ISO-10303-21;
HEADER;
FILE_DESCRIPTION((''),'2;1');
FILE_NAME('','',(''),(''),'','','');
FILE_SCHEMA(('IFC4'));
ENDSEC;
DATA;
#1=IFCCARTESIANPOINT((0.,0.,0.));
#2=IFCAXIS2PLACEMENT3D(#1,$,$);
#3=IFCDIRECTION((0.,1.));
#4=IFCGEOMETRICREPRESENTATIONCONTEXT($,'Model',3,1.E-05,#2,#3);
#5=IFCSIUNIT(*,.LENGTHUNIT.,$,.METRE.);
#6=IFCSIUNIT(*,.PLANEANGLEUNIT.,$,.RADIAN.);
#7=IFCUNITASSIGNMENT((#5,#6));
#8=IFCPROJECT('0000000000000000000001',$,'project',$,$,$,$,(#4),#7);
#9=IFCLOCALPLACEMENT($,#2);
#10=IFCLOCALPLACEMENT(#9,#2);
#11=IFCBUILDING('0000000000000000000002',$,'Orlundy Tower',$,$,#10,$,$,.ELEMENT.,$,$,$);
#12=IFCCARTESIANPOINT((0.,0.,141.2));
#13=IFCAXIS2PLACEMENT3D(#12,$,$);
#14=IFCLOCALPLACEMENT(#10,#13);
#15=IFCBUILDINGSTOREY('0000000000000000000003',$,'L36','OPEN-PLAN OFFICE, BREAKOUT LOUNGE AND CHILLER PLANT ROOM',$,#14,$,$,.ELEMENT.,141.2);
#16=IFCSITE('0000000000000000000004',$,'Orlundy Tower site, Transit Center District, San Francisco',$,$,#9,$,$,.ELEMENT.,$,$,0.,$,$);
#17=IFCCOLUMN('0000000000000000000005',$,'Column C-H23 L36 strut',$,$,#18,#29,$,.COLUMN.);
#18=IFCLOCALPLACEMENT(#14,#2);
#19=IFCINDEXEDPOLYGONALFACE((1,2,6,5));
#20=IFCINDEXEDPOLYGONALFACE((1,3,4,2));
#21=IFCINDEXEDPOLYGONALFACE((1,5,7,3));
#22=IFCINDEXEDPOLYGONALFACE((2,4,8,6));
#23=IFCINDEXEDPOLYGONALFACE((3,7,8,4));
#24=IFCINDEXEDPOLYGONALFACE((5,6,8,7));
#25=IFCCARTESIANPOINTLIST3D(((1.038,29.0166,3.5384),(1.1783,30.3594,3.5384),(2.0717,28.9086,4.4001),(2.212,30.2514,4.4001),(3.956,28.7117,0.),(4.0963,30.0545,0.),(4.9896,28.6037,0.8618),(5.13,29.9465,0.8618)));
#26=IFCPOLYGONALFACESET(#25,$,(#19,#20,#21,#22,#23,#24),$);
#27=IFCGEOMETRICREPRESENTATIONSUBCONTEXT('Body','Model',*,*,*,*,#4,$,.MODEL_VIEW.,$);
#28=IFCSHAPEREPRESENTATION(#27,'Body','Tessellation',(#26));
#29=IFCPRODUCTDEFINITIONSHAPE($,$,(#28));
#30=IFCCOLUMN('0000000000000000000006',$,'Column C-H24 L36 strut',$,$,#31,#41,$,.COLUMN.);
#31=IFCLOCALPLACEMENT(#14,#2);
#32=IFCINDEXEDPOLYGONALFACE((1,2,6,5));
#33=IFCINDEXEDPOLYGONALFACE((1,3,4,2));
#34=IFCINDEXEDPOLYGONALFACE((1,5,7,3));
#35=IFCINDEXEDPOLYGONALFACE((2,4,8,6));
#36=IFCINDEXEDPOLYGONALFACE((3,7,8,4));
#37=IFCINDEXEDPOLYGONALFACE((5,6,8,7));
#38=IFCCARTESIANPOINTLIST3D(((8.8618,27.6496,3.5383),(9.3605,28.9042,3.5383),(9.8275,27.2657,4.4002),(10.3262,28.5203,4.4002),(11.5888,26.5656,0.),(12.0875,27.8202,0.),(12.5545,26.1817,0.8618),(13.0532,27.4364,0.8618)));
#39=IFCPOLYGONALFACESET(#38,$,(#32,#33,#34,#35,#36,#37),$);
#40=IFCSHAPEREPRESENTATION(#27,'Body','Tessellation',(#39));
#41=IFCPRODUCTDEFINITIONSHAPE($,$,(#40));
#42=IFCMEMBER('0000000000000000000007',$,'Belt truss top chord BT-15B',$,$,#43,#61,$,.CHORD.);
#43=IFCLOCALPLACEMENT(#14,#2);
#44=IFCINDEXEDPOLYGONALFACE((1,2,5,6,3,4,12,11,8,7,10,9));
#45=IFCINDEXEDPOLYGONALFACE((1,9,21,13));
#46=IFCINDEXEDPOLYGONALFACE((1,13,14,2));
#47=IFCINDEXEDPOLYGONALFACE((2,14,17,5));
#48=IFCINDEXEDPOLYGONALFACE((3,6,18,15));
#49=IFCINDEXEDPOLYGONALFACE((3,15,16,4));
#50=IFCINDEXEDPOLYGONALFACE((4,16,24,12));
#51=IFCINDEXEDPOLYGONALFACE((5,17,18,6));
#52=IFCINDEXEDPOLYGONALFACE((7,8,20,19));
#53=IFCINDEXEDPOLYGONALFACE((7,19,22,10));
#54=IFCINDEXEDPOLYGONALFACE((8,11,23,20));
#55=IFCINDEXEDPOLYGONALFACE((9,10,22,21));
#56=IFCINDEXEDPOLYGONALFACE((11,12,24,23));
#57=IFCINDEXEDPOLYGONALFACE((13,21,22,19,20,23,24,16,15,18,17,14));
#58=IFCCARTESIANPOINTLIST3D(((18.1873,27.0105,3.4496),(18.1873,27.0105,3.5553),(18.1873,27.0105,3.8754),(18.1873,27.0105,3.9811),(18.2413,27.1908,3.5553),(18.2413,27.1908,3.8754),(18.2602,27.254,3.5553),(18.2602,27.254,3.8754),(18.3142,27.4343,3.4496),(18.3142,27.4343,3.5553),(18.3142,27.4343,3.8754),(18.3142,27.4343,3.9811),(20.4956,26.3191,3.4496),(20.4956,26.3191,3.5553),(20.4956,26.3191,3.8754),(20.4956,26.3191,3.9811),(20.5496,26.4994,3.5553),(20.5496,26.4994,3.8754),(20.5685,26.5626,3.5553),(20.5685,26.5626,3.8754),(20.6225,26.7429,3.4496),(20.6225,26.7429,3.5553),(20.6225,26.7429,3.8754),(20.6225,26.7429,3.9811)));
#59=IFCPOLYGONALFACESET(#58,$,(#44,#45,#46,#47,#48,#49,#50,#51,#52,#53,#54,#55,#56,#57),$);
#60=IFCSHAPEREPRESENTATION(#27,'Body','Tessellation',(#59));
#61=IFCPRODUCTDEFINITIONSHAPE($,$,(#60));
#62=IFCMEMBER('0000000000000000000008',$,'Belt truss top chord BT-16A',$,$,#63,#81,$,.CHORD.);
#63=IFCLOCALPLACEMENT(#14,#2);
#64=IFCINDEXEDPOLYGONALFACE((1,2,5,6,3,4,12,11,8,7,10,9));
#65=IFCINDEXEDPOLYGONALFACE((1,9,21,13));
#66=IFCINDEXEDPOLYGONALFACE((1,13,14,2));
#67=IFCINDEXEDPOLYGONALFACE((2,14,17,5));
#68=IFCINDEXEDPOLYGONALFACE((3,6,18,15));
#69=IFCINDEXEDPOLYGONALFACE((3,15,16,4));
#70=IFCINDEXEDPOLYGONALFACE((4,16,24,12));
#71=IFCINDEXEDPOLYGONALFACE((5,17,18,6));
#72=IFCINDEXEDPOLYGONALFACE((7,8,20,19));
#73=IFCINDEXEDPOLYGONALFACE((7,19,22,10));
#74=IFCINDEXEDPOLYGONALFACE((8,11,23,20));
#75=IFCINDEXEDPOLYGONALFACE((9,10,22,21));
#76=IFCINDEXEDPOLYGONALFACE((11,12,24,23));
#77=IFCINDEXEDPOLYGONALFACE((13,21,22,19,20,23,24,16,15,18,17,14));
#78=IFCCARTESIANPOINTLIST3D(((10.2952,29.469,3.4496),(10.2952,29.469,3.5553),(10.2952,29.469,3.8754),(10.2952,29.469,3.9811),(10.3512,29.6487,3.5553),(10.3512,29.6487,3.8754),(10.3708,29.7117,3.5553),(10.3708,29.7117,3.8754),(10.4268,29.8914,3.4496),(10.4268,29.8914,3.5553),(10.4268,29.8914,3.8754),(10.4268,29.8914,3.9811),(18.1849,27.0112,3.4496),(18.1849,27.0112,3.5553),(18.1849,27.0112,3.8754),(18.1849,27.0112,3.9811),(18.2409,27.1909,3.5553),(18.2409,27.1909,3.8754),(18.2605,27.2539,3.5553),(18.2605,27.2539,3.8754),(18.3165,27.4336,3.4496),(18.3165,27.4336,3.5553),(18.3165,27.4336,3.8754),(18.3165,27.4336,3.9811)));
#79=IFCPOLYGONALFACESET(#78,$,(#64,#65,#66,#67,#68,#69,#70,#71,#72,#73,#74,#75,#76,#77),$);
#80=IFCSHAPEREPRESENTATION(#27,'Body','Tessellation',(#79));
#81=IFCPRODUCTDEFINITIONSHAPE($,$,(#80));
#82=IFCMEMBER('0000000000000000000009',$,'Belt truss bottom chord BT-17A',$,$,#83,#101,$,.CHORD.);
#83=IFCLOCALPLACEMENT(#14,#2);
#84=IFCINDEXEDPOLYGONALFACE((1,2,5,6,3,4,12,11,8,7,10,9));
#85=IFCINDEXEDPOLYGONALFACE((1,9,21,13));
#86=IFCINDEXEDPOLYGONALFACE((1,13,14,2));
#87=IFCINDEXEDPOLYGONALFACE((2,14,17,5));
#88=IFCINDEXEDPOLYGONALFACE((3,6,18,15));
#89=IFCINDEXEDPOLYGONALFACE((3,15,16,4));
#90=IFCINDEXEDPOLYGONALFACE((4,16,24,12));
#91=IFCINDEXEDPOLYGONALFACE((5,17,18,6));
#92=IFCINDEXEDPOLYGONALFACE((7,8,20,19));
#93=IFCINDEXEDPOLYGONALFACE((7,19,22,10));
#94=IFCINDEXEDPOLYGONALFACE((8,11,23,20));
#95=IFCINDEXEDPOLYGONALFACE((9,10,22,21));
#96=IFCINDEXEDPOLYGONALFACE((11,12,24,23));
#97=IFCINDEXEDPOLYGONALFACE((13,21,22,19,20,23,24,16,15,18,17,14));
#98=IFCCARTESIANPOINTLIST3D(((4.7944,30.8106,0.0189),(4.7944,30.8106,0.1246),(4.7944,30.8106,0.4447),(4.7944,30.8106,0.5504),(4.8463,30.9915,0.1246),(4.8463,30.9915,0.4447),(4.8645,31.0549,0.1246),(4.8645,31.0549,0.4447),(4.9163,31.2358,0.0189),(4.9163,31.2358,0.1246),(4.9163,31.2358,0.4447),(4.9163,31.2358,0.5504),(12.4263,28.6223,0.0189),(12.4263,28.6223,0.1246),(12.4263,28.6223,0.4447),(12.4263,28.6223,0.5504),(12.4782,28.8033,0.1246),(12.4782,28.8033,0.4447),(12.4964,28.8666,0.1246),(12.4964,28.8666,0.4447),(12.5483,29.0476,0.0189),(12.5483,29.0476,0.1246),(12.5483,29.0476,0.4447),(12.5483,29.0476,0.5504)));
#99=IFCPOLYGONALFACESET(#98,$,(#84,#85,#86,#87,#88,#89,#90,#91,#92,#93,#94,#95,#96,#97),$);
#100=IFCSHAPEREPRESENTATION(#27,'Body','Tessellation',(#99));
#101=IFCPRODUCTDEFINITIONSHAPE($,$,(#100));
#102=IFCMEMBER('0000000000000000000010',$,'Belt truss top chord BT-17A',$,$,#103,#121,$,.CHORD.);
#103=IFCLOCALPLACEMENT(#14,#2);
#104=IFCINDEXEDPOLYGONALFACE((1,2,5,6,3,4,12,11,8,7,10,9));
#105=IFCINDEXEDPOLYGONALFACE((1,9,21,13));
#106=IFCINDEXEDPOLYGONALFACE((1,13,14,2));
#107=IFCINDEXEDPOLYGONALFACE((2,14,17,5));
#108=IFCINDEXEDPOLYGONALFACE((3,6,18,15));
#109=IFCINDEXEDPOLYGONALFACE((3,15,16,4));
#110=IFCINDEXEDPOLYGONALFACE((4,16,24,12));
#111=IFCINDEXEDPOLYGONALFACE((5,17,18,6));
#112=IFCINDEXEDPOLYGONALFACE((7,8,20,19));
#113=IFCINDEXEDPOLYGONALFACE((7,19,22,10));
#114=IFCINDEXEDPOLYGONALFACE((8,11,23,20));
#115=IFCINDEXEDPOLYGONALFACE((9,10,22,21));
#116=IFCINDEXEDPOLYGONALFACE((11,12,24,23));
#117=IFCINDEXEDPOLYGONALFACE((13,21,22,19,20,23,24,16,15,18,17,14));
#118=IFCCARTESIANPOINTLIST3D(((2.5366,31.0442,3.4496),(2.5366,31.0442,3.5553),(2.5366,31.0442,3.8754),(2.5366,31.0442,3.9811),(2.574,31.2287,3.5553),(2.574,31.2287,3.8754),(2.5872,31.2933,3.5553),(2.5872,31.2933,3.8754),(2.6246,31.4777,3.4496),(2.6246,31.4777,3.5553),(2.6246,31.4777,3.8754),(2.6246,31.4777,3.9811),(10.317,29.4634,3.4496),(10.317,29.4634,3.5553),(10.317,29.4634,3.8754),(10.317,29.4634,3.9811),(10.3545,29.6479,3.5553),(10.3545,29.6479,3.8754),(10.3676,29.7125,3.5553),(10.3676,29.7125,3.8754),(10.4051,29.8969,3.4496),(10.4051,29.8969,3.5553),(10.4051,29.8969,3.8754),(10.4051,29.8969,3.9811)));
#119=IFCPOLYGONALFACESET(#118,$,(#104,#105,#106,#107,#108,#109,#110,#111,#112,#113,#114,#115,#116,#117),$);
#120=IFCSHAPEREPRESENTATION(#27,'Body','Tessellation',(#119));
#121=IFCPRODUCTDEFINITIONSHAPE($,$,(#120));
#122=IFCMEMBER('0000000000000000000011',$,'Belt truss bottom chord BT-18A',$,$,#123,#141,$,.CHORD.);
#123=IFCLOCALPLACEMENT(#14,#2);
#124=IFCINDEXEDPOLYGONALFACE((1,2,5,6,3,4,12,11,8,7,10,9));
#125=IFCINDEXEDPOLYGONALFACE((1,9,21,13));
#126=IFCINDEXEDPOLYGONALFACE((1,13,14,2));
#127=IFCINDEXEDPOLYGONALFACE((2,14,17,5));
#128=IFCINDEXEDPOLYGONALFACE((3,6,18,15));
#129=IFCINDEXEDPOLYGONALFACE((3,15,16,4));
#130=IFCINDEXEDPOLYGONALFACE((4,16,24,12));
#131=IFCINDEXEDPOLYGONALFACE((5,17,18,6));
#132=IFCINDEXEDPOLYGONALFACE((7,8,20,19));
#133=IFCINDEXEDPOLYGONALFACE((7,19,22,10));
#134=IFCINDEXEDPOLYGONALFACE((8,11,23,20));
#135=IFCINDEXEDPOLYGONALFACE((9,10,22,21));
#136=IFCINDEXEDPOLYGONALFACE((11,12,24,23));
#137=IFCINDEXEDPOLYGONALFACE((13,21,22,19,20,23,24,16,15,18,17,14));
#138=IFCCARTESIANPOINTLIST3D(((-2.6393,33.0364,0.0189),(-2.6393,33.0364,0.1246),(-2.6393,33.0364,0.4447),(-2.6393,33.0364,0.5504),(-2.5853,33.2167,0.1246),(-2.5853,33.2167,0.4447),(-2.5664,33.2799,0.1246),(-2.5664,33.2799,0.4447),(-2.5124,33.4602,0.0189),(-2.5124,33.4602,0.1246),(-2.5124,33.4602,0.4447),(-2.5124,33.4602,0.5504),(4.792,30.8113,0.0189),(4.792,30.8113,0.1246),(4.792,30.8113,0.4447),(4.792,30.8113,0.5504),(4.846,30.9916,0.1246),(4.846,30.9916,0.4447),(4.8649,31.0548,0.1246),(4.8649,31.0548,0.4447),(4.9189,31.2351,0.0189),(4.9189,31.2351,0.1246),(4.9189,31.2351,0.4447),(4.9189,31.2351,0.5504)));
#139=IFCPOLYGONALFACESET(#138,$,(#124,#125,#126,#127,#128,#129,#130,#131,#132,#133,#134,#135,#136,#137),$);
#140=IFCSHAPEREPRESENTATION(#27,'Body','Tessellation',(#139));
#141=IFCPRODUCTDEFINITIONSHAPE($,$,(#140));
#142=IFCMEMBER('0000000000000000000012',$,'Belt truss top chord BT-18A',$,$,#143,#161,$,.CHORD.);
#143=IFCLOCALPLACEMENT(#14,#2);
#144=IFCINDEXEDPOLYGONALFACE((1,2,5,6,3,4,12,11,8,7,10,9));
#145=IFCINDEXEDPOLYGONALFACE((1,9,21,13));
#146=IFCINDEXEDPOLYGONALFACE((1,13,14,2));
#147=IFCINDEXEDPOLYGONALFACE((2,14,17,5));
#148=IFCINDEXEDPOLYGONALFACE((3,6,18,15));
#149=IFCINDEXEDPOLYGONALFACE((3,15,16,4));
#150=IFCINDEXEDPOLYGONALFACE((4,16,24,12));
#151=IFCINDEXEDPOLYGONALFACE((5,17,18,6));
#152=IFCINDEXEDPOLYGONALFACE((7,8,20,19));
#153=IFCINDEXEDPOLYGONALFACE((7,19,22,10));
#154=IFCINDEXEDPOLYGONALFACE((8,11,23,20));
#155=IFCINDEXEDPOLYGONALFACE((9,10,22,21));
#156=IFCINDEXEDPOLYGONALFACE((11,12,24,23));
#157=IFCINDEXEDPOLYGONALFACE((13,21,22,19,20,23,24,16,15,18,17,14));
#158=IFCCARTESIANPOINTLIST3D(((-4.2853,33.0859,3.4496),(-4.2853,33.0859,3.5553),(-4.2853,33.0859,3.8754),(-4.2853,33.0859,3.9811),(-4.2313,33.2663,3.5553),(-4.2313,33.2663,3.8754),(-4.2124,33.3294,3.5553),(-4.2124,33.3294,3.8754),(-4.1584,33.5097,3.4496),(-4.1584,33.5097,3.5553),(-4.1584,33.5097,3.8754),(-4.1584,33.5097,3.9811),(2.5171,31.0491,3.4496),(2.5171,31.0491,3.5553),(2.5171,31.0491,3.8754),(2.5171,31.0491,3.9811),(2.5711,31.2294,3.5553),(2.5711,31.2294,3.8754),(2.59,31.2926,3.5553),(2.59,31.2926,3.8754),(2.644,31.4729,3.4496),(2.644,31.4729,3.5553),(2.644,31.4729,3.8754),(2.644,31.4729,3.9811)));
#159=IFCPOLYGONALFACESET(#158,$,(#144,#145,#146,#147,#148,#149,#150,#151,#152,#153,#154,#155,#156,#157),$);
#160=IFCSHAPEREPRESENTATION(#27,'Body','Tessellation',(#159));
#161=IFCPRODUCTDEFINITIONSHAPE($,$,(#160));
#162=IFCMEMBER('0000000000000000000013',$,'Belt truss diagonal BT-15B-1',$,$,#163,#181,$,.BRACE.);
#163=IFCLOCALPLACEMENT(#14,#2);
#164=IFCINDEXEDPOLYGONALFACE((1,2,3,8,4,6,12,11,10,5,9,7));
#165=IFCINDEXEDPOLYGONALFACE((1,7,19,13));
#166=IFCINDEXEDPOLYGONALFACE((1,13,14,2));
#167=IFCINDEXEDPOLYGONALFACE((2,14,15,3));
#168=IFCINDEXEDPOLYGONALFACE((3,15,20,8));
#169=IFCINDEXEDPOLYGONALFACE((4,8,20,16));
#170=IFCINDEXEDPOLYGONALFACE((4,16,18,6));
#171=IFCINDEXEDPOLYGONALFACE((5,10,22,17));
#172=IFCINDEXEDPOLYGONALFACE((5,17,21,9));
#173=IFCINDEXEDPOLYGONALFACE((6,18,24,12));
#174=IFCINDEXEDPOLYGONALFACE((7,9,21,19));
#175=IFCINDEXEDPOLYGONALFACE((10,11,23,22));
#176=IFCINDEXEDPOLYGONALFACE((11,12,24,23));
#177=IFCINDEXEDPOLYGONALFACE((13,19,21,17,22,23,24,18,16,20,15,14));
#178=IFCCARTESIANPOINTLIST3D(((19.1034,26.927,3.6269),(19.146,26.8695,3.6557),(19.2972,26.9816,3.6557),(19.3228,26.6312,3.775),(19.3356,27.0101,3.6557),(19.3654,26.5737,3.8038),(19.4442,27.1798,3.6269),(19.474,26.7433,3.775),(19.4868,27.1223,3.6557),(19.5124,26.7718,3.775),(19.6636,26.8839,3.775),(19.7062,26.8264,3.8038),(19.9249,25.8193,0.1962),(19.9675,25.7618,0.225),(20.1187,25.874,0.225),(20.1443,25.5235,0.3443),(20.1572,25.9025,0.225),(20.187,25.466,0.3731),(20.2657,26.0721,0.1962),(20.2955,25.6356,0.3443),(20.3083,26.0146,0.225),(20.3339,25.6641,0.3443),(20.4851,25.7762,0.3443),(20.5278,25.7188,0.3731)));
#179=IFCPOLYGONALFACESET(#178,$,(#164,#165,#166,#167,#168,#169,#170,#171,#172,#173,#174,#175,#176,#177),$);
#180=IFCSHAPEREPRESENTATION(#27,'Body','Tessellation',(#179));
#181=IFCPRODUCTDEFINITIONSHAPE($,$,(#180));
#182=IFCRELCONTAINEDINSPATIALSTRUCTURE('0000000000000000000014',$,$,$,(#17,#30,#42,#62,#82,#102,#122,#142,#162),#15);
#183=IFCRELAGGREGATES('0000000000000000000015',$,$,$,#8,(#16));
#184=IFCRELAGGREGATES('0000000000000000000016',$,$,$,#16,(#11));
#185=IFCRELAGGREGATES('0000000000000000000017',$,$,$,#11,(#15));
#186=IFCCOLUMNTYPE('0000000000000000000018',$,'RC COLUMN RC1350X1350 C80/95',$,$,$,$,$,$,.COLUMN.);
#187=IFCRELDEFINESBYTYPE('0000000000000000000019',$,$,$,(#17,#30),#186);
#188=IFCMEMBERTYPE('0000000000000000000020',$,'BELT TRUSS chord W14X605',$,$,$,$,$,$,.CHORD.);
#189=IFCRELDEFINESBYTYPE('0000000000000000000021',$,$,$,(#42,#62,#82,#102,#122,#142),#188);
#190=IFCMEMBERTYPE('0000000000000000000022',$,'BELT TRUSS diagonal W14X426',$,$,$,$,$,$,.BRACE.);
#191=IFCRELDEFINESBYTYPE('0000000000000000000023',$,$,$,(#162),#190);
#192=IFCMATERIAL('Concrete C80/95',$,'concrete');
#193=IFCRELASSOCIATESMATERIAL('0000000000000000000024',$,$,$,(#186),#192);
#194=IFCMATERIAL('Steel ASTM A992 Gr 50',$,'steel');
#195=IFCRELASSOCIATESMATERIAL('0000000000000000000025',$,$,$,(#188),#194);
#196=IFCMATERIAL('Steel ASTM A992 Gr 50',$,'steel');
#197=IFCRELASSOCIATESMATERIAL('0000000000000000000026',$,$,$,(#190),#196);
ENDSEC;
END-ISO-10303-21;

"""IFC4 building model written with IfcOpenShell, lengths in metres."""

from ifc_helpers import new_model, si_unit, direction, frame, origin, origin_2d, place, context, subcontext, project, spatial, rectangle, i_section, extrude, material, material_profile, profile_set, type_object, element, save


model = new_model("IFC4")

# Units and contexts
model_context = context("Model", 3, precision=1e-05, world=origin(), true_north=direction((0.0, 1.0)))
body_context = subcontext(model_context, "Body", "Model", "MODEL_VIEW")
ifc_project = project(units=[si_unit("LENGTHUNIT", "METRE"), si_unit("PLANEANGLEUNIT", "RADIAN")], contexts=[model_context])

# Site, building, storey
site_placement = place(None, origin())
site = spatial("IfcSite", under=ifc_project, at=site_placement, Name="Orlundy Tower site, Transit Center District, San Francisco", CompositionType="ELEMENT", RefElevation=0.0)
building_placement = place(site_placement, origin())
building = spatial("IfcBuilding", under=site, at=building_placement, Name="Orlundy Tower", CompositionType="ELEMENT")
storey_placement = place(building_placement, frame((0.0, 0.0, 141.2)))
storey = spatial("IfcBuildingStorey", under=building, at=storey_placement, Name="L36", Description="OPEN-PLAN OFFICE, BREAKOUT LOUNGE AND CHILLER PLANT ROOM", CompositionType="ELEMENT", Elevation=141.2)

# Columns
ifc_material_1 = material(Name="Concrete C80/95", Category="concrete")
ifc_material_profile_1 = material_profile(ifc_material_1, rectangle(XDim=1.3501, YDim=1.3501, at=origin_2d()), Name="RC1350X1350")
ifc_profile_set_1 = profile_set([ifc_material_profile_1], Name="Concrete C80/95")
column_type = type_object("IfcColumnType", Name="RC COLUMN RC1350X1350 C80/95", PredefinedType="COLUMN", material=ifc_profile_set_1)
column_1_placement = place(storey_placement, frame((4.543, 29.3291, 0.4309), z_axis=(-0.634832, 0.066341, 0.769797), x_axis=(-0.103935, -0.994584, 0.0)))
element("IfcColumn", 1, at=column_1_placement, inside=storey, type_object=column_type, Name="Column C-H23 L36 strut", PredefinedType="COLUMN", context=body_context, shape_type="SweptSolid", body=[
    extrude(rectangle(XDim=1.3501, YDim=1.3501, at=origin_2d()), origin(), (0.0, 0.0, 1.0), 4.5964),
])
column_2_placement = place(storey_placement, frame((12.321, 27.001, 0.4309), z_axis=(-0.593235, 0.235807, 0.769719), x_axis=(-0.369382, -0.929278, 0.0)))
element("IfcColumn", 2, at=column_2_placement, inside=storey, type_object=column_type, Name="Column C-H24 L36 strut", PredefinedType="COLUMN", context=body_context, shape_type="SweptSolid", body=[
    extrude(rectangle(XDim=1.3501, YDim=1.3501, at=origin_2d()), origin(), (0.0, 0.0, 1.0), 4.5969),
])

# Members
ifc_material_2 = material(Name="Steel ASTM A992 Gr 50", Category="steel")
ifc_material_profile_2 = material_profile(ifc_material_2, i_section(OverallWidth=0.4424, OverallDepth=0.5315, WebThickness=0.0659, FlangeThickness=0.1057, at=origin_2d()), Name="W14X605")
ifc_profile_set_2 = profile_set([ifc_material_profile_2], Name="Steel ASTM A992 Gr 50")
member_type_1 = type_object("IfcMemberType", Name="BELT TRUSS chord W14X605", PredefinedType="CHORD", material=ifc_profile_set_2)
member_1_placement = place(storey_placement, frame((20.5591, 26.531, 3.7153), z_axis=(-0.957952, 0.28693, 0.0), x_axis=(-0.28693, -0.957952, 0.0)))
element("IfcMember", 3, at=member_1_placement, inside=storey, type_object=member_type_1, Name="Belt truss top chord BT-15B", PredefinedType="CHORD", context=body_context, shape_type="SweptSolid", body=[
    extrude(i_section(OverallWidth=0.4424, OverallDepth=0.5315, WebThickness=0.0659, FlangeThickness=0.1057, at=origin_2d()), origin(), (0.0, 0.0, 1.0), 2.4097),
])
member_2_placement = place(storey_placement, frame((18.2507, 27.2224, 3.7153), z_axis=(-0.954747, 0.29742, 0.0), x_axis=(-0.29742, -0.954747, 0.0)))
element("IfcMember", 4, at=member_2_placement, inside=storey, type_object=member_type_1, Name="Belt truss top chord BT-16A", PredefinedType="CHORD", context=body_context, shape_type="SweptSolid", body=[
    extrude(i_section(OverallWidth=0.4424, OverallDepth=0.5315, WebThickness=0.0659, FlangeThickness=0.1057, at=origin_2d()), origin(), (0.0, 0.0, 1.0), 8.2637),
])
for number, where, z_axis, x_axis, name in (
    (5, (12.4873, 28.835, 0.2847), (-0.961267, 0.275619, 0.0), (-0.275619, -0.961267, 0.0), "Belt truss bottom chord BT-17A"),
    (6, (10.3611, 29.6802, 3.7153), (-0.979978, 0.199107, 0.0), (-0.199107, -0.979978, 0.0), "Belt truss top chord BT-17A"),
):
    element("IfcMember", number, at=place(storey_placement, frame(where, z_axis=z_axis, x_axis=x_axis)), inside=storey, type_object=member_type_1, Name=name, PredefinedType="CHORD", context=body_context, shape_type="SweptSolid", body=[
        extrude(i_section(OverallWidth=0.4424, OverallDepth=0.5315, WebThickness=0.0659, FlangeThickness=0.1057, at=origin_2d()), origin(), (0.0, 0.0, 1.0), 7.9395),
    ])
member_3_placement = place(storey_placement, frame((4.8555, 31.0232, 0.2847), z_axis=(-0.957979, 0.286837, 0.0), x_axis=(-0.286837, -0.957979, 0.0)))
element("IfcMember", 7, at=member_3_placement, inside=storey, type_object=member_type_1, Name="Belt truss bottom chord BT-18A", PredefinedType="CHORD", context=body_context, shape_type="SweptSolid", body=[
    extrude(i_section(OverallWidth=0.4424, OverallDepth=0.5315, WebThickness=0.0659, FlangeThickness=0.1057, at=origin_2d()), origin(), (0.0, 0.0, 1.0), 7.7573),
])
member_4_placement = place(storey_placement, frame((2.5806, 31.261, 3.7153), z_axis=(-0.957977, 0.286846, 0.0), x_axis=(-0.286846, -0.957977, 0.0)))
element("IfcMember", 8, at=member_4_placement, inside=storey, type_object=member_type_1, Name="Belt truss top chord BT-18A", PredefinedType="CHORD", context=body_context, shape_type="SweptSolid", body=[
    extrude(i_section(OverallWidth=0.4424, OverallDepth=0.5315, WebThickness=0.0659, FlangeThickness=0.1057, at=origin_2d()), origin(), (0.0, 0.0, 1.0), 7.1008),
])
ifc_material_3 = material(Name="Steel ASTM A992 Gr 50", Category="steel")
ifc_material_profile_3 = material_profile(ifc_material_3, i_section(OverallWidth=0.4243, OverallDepth=0.4741, WebThickness=0.0479, FlangeThickness=0.0771, at=origin_2d()), Name="W14X426")
ifc_profile_set_3 = profile_set([ifc_material_profile_3], Name="Steel ASTM A992 Gr 50")
member_type_2 = type_object("IfcMemberType", Name="BELT TRUSS diagonal W14X426", PredefinedType="BRACE", material=ifc_profile_set_3)
member_5_placement = place(storey_placement, frame((19.4048, 26.8767, 3.7153), z_axis=(0.222188, -0.299574, -0.927841), x_axis=(0.803196, 0.595714, 0.0)))
element("IfcMember", 9, at=member_5_placement, inside=storey, type_object=member_type_2, Name="Belt truss diagonal BT-15B-1", PredefinedType="BRACE", context=body_context, shape_type="SweptSolid", body=[
    extrude(i_section(OverallWidth=0.4243, OverallDepth=0.4741, WebThickness=0.0479, FlangeThickness=0.0771, at=origin_2d()), origin(), (0.0, 0.0, 1.0), 3.6975),
])

save(model, "model.ifc")
